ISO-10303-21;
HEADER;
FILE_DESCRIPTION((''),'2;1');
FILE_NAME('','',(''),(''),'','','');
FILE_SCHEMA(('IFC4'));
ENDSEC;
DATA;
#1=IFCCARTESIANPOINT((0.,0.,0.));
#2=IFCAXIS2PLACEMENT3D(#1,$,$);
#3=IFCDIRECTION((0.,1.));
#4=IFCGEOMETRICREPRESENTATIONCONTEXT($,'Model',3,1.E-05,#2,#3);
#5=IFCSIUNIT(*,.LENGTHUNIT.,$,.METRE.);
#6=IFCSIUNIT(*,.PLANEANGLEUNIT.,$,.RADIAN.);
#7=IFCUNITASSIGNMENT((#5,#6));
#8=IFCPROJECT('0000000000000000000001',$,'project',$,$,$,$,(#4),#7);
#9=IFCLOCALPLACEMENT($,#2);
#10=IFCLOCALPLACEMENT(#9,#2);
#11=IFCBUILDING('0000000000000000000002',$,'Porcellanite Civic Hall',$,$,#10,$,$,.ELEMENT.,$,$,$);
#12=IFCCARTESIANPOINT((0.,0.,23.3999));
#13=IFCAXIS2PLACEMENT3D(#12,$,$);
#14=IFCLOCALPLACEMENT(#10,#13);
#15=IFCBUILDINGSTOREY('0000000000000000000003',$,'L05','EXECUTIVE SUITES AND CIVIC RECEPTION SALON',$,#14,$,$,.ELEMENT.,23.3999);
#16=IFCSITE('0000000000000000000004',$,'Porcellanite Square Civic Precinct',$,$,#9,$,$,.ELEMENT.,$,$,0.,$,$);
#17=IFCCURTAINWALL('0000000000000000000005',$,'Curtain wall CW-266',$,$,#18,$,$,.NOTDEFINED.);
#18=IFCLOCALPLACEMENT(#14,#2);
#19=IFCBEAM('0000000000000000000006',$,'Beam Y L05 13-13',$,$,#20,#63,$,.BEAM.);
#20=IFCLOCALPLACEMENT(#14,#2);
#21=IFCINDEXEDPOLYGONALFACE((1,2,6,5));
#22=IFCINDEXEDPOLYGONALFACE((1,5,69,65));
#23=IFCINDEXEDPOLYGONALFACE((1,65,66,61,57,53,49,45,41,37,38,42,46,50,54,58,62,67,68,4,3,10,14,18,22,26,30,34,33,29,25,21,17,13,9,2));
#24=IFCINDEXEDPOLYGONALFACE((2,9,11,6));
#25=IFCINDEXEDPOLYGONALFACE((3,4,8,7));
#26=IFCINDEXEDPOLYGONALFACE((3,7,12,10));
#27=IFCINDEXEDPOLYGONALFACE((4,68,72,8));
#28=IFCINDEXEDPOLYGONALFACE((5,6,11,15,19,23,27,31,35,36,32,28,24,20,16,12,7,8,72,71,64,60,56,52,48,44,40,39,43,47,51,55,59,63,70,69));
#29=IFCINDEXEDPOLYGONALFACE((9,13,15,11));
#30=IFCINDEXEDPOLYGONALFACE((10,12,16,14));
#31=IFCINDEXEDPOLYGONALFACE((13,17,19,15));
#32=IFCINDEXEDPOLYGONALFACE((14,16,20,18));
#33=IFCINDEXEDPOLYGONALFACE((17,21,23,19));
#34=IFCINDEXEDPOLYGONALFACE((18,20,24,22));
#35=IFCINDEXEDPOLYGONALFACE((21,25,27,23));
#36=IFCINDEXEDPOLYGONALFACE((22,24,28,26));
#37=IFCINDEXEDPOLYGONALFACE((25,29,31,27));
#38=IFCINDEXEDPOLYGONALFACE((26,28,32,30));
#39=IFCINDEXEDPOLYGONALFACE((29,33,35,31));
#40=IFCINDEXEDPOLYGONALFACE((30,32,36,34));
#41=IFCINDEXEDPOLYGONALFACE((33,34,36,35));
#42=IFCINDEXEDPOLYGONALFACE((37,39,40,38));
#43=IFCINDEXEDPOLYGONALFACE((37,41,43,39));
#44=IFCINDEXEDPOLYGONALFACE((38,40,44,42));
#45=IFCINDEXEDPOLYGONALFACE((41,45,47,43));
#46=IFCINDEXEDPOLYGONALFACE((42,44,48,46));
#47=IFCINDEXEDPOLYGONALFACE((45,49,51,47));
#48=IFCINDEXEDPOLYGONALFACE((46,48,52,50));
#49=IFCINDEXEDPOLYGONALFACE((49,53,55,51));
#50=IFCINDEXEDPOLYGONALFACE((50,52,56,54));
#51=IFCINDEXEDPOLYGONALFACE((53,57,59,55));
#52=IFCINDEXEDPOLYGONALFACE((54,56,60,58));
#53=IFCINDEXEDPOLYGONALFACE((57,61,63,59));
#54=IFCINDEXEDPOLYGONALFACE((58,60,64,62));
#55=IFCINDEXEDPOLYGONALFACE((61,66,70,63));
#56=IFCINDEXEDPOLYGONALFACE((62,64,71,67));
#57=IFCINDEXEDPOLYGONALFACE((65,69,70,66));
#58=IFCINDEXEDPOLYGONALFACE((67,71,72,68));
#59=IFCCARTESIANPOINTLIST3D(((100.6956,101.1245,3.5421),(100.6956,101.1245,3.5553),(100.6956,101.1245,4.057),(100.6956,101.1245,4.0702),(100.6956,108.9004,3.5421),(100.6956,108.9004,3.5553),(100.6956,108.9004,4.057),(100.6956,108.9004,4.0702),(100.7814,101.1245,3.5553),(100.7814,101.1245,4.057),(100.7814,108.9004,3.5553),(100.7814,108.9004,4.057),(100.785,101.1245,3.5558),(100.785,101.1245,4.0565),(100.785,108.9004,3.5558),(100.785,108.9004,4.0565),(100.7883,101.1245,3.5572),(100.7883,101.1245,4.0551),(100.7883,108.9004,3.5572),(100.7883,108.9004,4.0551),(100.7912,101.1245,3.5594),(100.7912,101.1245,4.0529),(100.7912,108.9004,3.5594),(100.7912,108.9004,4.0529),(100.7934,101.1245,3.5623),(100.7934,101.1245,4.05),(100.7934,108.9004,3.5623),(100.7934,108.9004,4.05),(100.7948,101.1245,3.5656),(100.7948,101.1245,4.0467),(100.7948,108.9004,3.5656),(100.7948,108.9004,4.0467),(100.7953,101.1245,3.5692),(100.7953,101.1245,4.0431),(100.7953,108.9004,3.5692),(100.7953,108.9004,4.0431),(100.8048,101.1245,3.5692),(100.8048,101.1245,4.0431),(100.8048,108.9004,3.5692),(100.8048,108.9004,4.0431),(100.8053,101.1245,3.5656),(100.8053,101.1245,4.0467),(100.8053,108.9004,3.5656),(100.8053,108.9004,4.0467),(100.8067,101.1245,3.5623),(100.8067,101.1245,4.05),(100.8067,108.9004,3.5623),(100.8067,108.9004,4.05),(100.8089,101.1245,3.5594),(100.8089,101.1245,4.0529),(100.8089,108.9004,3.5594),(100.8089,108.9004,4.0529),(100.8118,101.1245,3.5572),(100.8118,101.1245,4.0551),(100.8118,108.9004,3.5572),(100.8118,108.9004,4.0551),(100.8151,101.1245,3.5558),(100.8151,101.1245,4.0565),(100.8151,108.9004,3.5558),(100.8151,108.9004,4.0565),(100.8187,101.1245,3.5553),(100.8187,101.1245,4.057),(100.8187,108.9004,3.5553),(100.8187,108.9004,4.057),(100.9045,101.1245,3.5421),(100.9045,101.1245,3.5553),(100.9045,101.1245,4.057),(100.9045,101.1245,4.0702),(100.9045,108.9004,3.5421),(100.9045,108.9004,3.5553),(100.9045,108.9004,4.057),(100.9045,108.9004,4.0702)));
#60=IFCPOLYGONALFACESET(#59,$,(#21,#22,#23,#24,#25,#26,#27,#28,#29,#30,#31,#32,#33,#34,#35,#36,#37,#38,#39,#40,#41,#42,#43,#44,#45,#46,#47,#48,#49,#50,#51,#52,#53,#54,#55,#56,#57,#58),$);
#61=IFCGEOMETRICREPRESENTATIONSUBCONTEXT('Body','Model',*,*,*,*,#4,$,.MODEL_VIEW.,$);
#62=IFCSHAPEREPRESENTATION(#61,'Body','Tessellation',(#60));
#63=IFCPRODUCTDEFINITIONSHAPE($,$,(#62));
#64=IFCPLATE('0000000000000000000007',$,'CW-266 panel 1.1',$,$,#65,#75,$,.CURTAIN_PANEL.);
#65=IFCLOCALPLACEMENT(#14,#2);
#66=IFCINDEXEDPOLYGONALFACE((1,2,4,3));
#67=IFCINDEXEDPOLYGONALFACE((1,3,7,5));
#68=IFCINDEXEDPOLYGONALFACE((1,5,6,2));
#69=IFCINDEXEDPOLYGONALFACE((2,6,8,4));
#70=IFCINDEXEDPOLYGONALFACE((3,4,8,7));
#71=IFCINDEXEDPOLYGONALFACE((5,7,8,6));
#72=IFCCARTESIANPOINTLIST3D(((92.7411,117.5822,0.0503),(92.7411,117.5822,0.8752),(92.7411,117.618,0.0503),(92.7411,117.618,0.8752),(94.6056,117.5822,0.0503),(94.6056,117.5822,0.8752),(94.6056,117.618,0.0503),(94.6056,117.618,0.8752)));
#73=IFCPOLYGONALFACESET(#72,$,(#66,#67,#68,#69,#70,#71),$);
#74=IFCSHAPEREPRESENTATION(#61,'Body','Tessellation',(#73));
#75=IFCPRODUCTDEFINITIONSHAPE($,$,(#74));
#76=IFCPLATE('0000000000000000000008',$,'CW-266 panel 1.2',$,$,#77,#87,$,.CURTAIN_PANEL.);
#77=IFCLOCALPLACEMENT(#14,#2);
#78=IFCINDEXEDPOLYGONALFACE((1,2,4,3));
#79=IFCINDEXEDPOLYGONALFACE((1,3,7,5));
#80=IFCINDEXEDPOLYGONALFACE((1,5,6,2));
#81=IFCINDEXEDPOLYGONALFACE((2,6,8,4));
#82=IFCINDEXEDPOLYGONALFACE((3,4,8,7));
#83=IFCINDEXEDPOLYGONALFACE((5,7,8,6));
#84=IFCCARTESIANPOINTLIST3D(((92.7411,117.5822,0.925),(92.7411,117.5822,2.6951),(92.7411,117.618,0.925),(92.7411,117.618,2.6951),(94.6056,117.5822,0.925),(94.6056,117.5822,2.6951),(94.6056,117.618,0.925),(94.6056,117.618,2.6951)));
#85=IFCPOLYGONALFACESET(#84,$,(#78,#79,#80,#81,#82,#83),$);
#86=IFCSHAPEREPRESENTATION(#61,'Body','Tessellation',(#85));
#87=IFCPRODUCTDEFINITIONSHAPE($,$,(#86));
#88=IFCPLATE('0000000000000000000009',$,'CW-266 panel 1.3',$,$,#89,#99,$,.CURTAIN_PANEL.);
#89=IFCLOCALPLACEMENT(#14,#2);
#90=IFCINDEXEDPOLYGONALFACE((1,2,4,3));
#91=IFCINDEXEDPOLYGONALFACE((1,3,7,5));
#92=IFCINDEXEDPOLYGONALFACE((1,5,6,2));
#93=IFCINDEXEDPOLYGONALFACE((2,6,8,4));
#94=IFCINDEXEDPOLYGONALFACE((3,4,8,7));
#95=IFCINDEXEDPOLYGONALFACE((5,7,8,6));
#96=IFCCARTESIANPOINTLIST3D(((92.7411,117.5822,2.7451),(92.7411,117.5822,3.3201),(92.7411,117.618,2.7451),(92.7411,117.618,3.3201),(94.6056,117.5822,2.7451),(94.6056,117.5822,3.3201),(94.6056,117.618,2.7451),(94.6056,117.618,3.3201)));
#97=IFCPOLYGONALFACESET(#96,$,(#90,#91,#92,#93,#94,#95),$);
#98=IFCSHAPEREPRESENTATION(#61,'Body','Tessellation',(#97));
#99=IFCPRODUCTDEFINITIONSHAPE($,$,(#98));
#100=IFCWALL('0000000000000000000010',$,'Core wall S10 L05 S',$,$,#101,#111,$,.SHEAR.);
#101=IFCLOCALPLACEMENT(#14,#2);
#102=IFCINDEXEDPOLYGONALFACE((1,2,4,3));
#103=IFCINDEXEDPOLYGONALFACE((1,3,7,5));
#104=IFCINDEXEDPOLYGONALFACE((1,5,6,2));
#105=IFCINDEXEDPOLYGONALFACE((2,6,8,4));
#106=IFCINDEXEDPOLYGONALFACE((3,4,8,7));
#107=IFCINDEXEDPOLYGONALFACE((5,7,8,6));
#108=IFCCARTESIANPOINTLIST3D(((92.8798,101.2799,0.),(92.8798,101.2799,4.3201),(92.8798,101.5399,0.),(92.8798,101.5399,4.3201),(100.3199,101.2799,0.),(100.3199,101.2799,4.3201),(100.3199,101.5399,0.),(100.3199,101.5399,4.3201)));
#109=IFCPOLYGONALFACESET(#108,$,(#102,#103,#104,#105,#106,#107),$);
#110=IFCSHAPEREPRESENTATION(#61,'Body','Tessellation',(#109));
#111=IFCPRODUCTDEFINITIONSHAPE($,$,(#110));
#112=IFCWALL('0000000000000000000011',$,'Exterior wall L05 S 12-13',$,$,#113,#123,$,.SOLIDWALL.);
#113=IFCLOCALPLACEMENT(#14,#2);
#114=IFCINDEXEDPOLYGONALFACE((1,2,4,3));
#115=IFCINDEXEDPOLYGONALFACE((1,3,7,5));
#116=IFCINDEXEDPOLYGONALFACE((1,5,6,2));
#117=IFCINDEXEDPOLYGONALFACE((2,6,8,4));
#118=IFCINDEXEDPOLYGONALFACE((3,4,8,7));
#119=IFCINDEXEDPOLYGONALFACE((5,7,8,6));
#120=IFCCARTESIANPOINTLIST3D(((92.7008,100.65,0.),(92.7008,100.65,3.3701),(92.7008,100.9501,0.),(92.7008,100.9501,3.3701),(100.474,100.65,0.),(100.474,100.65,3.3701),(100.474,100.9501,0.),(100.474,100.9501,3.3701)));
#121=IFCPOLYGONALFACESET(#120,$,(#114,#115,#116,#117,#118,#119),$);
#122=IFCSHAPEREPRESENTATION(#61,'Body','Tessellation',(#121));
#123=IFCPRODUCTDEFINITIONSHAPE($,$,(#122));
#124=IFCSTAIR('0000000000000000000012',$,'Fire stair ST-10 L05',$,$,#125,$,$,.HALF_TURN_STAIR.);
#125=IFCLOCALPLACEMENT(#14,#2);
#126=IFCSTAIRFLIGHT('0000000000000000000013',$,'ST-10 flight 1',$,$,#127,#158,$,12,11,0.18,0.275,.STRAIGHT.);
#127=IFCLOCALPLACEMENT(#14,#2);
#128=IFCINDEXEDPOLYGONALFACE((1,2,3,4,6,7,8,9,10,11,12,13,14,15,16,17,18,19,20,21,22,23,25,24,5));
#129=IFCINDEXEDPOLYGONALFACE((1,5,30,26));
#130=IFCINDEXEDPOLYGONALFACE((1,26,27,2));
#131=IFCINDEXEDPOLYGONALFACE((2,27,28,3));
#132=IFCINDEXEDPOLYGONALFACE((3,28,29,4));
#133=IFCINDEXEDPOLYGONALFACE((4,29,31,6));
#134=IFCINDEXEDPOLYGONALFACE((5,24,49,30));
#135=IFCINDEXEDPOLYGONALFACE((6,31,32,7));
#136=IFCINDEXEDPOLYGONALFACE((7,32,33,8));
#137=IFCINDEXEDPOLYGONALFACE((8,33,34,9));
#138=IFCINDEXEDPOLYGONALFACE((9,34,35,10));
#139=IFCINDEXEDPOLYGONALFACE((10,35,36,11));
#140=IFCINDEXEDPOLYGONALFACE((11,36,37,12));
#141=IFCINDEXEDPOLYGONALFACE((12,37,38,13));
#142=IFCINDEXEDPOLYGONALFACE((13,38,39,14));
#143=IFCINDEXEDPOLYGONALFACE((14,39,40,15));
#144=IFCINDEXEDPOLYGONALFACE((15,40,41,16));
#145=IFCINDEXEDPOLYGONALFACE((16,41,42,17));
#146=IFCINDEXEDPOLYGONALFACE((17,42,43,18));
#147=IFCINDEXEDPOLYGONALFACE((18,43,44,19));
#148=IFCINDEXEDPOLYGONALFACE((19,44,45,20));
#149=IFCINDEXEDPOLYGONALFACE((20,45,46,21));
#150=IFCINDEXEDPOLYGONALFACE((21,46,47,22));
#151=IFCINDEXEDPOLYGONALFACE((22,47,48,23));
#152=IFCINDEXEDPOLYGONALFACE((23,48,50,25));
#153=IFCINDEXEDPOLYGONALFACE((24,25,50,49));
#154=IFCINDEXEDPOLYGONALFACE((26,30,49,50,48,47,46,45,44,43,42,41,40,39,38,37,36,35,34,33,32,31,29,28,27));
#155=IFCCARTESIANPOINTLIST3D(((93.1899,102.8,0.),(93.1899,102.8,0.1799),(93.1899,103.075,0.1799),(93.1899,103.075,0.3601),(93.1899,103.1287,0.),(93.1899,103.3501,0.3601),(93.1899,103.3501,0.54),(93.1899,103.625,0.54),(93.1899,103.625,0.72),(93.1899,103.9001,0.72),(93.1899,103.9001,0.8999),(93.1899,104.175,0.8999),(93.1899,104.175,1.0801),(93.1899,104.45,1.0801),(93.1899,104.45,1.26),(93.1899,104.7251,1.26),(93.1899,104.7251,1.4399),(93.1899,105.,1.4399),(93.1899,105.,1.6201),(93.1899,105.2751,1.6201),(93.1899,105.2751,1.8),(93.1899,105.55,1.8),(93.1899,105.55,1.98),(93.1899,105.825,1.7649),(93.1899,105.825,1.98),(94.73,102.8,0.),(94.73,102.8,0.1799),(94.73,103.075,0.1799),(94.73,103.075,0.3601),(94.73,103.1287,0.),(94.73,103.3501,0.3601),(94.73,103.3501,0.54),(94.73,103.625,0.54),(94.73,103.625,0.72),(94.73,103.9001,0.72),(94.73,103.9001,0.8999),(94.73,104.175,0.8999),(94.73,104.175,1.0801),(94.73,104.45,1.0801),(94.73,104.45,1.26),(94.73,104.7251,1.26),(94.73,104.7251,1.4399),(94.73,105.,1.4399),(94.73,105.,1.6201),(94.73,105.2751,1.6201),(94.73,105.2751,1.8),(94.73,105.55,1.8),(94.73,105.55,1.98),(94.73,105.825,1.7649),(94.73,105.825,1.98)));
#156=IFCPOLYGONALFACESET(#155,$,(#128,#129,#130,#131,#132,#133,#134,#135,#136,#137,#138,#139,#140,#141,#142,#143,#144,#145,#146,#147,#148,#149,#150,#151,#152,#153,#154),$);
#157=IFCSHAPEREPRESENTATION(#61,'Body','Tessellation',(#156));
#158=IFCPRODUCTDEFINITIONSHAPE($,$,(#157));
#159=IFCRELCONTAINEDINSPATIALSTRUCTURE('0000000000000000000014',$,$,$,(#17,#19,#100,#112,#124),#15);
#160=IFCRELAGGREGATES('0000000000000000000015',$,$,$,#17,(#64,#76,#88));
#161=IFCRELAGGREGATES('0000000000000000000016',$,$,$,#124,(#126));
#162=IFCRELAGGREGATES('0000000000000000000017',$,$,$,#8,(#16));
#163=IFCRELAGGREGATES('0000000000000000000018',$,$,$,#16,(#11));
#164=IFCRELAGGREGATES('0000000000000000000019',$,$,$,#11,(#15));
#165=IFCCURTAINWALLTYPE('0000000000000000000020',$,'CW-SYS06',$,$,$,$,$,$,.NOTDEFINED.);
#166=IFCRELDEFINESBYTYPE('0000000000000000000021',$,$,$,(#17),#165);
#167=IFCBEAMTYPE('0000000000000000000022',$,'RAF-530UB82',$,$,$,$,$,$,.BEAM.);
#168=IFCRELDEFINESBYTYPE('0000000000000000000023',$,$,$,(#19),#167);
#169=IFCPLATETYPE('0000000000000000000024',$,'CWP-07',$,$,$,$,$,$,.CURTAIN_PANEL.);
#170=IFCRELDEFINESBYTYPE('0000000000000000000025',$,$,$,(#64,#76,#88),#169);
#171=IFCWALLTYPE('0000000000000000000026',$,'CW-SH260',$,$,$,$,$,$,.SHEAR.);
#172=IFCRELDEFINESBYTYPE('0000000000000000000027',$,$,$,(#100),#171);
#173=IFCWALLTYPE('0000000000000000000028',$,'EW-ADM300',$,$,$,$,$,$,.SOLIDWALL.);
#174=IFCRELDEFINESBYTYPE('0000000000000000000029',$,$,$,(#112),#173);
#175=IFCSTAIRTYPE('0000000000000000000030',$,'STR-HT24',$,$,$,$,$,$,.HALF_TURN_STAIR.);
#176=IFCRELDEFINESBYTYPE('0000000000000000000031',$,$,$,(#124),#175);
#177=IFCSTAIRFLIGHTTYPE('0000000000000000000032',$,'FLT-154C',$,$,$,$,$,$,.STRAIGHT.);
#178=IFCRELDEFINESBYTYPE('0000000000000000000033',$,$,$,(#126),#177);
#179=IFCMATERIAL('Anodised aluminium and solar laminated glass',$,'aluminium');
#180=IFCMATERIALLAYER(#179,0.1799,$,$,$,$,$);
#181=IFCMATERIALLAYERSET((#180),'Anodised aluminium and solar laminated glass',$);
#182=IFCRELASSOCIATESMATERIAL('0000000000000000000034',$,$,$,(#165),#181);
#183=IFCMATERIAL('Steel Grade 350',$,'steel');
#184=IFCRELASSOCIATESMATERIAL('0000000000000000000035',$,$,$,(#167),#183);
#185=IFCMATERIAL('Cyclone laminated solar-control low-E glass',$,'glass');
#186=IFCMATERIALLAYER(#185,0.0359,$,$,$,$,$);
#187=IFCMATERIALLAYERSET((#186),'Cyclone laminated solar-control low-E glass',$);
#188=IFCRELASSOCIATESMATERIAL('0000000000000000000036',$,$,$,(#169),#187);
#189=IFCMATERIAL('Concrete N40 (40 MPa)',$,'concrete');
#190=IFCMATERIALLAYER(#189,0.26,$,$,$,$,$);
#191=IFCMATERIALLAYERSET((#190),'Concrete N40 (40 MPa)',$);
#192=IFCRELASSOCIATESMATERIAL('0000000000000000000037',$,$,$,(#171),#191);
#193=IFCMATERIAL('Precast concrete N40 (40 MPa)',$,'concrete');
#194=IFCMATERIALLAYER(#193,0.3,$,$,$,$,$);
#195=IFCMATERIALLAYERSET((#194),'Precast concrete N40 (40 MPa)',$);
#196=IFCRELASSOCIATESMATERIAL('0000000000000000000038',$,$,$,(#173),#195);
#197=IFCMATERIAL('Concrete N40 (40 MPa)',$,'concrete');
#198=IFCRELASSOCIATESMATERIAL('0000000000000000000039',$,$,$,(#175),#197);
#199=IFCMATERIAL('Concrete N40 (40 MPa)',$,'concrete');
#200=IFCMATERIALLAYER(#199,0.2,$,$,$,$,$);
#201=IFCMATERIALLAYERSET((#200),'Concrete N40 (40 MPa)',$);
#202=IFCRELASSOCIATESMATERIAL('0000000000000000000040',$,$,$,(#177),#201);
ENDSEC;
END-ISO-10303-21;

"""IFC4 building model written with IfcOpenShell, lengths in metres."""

from ifc_helpers import new_model, si_unit, direction, frame, frame_2d, origin, origin_2d, place, context, subcontext, project, spatial, polyline, rectangle, i_section, outline, extrude, material, layer, layer_set, material_profile, profile_set, type_object, element, aggregate, save


model = new_model("IFC4")

# Units and contexts
model_context = context("Model", 3, precision=1e-05, world=origin(), true_north=direction((0.0, 1.0)))
body_context = subcontext(model_context, "Body", "Model", "MODEL_VIEW")
ifc_project = project(units=[si_unit("LENGTHUNIT", "METRE"), si_unit("PLANEANGLEUNIT", "RADIAN")], contexts=[model_context])

# Site, building, storey
site_placement = place(None, origin())
site = spatial("IfcSite", under=ifc_project, at=site_placement, Name="Porcellanite Square Civic Precinct", CompositionType="ELEMENT", RefElevation=0.0)
building_placement = place(site_placement, origin())
building = spatial("IfcBuilding", under=site, at=building_placement, Name="Porcellanite Civic Hall", CompositionType="ELEMENT")
storey_placement = place(building_placement, frame((0.0, 0.0, 23.3999)))
storey = spatial("IfcBuildingStorey", under=building, at=storey_placement, Name="L05", Description="EXECUTIVE SUITES AND CIVIC RECEPTION SALON", CompositionType="ELEMENT", Elevation=23.3999)

# Curtain wall
ifc_material_1 = material(Name="Anodised aluminium and solar laminated glass", Category="aluminium")
ifc_layer_1 = layer(ifc_material_1, 0.1799)
ifc_layer_set_1 = layer_set([ifc_layer_1], Name="Anodised aluminium and solar laminated glass")
curtain_wall_type = type_object("IfcCurtainWallType", Name="CW-SYS06", PredefinedType="NOTDEFINED", material=ifc_layer_set_1)
curtain_wall_placement = place(storey_placement, origin())
curtain_wall = element("IfcCurtainWall", 1, at=curtain_wall_placement, inside=storey, type_object=curtain_wall_type, Name="Curtain wall CW-266", PredefinedType="NOTDEFINED")

# Beam
ifc_material_2 = material(Name="Steel Grade 350", Category="steel")
ifc_material_profile_1 = material_profile(ifc_material_2, i_section(OverallWidth=0.209, OverallDepth=0.5281, WebThickness=0.0095, FlangeThickness=0.0132, FilletRadius=0.0139, at=origin_2d()), Name="530UB82.0")
ifc_profile_set_1 = profile_set([ifc_material_profile_1], Name="Steel Grade 350")
beam_type_1 = type_object("IfcBeamType", Name="RAF-530UB82", PredefinedType="BEAM", material=ifc_profile_set_1)
beam_1_placement = place(storey_placement, frame((100.8, 101.1245, 3.8062), z_axis=(0.0, 1.0, 0.0), x_axis=(-1.0, 0.0, 0.0)))
element("IfcBeam", 2, at=beam_1_placement, inside=storey, type_object=beam_type_1, Name="Beam Y L05 13-13", PredefinedType="BEAM", context=body_context, shape_type="SweptSolid", body=[
    extrude(i_section(OverallWidth=0.209, OverallDepth=0.5281, WebThickness=0.0095, FlangeThickness=0.0132, FilletRadius=0.0139, at=origin_2d()), origin(), (0.0, 0.0, 1.0), 7.7759),
])

# Plates
ifc_material_3 = material(Name="Cyclone laminated solar-control low-E glass", Category="glass")
ifc_layer_2 = layer(ifc_material_3, 0.0359)
ifc_layer_set_2 = layer_set([ifc_layer_2], Name="Cyclone laminated solar-control low-E glass")
plate_type = type_object("IfcPlateType", Name="CWP-07", PredefinedType="CURTAIN_PANEL", material=ifc_layer_set_2)
plate_1_placement = place(storey_placement, frame((93.6733, 117.6001, 0.0503), z_axis=(0.0, 0.0, 1.0), x_axis=(1.0, 0.0, 0.0)))
plate_1 = element("IfcPlate", 3, at=plate_1_placement, type_object=plate_type, Name="CW-266 panel 1.1", PredefinedType="CURTAIN_PANEL", context=body_context, shape_type="SweptSolid", body=[
    extrude(rectangle(XDim=1.8645, YDim=0.0359, at=origin_2d()), origin(), (0.0, 0.0, 1.0), 0.825),
])
plate_2_placement = place(storey_placement, frame((93.6733, 117.6001, 0.925), z_axis=(0.0, 0.0, 1.0), x_axis=(1.0, 0.0, 0.0)))
plate_2 = element("IfcPlate", 4, at=plate_2_placement, type_object=plate_type, Name="CW-266 panel 1.2", PredefinedType="CURTAIN_PANEL", context=body_context, shape_type="SweptSolid", body=[
    extrude(rectangle(XDim=1.8645, YDim=0.0359, at=origin_2d()), origin(), (0.0, 0.0, 1.0), 1.77),
])
plate_3_placement = place(storey_placement, frame((93.6733, 117.6001, 2.7451), z_axis=(0.0, 0.0, 1.0), x_axis=(1.0, 0.0, 0.0)))
plate_3 = element("IfcPlate", 5, at=plate_3_placement, type_object=plate_type, Name="CW-266 panel 1.3", PredefinedType="CURTAIN_PANEL", context=body_context, shape_type="SweptSolid", body=[
    extrude(rectangle(XDim=1.8645, YDim=0.0359, at=origin_2d()), origin(), (0.0, 0.0, 1.0), 0.575),
])
aggregate(curtain_wall, [plate_1, plate_2, plate_3])

# Wall
ifc_material_4 = material(Name="Concrete N40 (40 MPa)", Category="concrete")
ifc_layer_3 = layer(ifc_material_4, 0.26)
ifc_layer_set_3 = layer_set([ifc_layer_3], Name="Concrete N40 (40 MPa)")
wall_type_1 = type_object("IfcWallType", Name="CW-SH260", PredefinedType="SHEAR", material=ifc_layer_set_3)
wall_1_placement = place(storey_placement, frame((100.3201, 101.4099, 0.0), z_axis=(0.0, 0.0, 1.0), x_axis=(-1.0, 0.0, 0.0)))
element("IfcWall", 6, at=wall_1_placement, inside=storey, type_object=wall_type_1, Name="Core wall S10 L05 S", PredefinedType="SHEAR", context=body_context, shape_type="SweptSolid", body=[
    extrude(rectangle(XDim=7.4402, YDim=0.26, at=frame_2d((3.7202, 0.0))), origin(), (0.0, 0.0, 1.0), 4.3201),
])

# Wall
ifc_material_5 = material(Name="Precast concrete N40 (40 MPa)", Category="concrete")
ifc_layer_4 = layer(ifc_material_5, 0.3)
ifc_layer_set_4 = layer_set([ifc_layer_4], Name="Precast concrete N40 (40 MPa)")
wall_type_2 = type_object("IfcWallType", Name="EW-ADM300", PredefinedType="SOLIDWALL", material=ifc_layer_set_4)
wall_2_placement = place(storey_placement, frame((100.4741, 100.8, 0.0), z_axis=(0.0, 0.0, 1.0), x_axis=(-1.0, 0.0, 0.0)))
element("IfcWall", 7, at=wall_2_placement, inside=storey, type_object=wall_type_2, Name="Exterior wall L05 S 12-13", PredefinedType="SOLIDWALL", context=body_context, shape_type="SweptSolid", body=[
    extrude(rectangle(XDim=7.7732, YDim=0.3, at=frame_2d((3.8867, 0.0))), origin(), (0.0, 0.0, 1.0), 3.3701),
])

# Stair, stair flight
ifc_material_6 = material(Name="Concrete N40 (40 MPa)", Category="concrete")
stair_type = type_object("IfcStairType", Name="STR-HT24", PredefinedType="HALF_TURN_STAIR", material=ifc_material_6)
stair_placement = place(storey_placement, origin())
stair = element("IfcStair", 8, at=stair_placement, inside=storey, type_object=stair_type, Name="Fire stair ST-10 L05", PredefinedType="HALF_TURN_STAIR")
ifc_material_7 = material(Name="Concrete N40 (40 MPa)", Category="concrete")
ifc_layer_5 = layer(ifc_material_7, 0.2)
ifc_layer_set_5 = layer_set([ifc_layer_5], Name="Concrete N40 (40 MPa)")
stair_flight_type = type_object("IfcStairFlightType", Name="FLT-154C", PredefinedType="STRAIGHT", material=ifc_layer_set_5)
stair_flight_1_placement = place(storey_placement, frame((93.96, 102.8, 0.0), z_axis=(0.0, 0.0, 1.0), x_axis=(0.0, 1.0, 0.0)))
stair_flight_1 = element("IfcStairFlight", 9, at=stair_flight_1_placement, type_object=stair_flight_type, Name="ST-10 flight 1", NumberOfRisers=12, NumberOfTreads=11, PredefinedType="STRAIGHT", RiserHeight=0.18, TreadLength=0.275, context=body_context, shape_type="SweptSolid", body=[
    extrude(outline(polyline([(0.0, 0.0), (0.0, 0.1799), (0.2749, 0.1799), (0.2749, 0.3601), (0.55, 0.3601), (0.55, 0.54), (0.825, 0.54), (0.825, 0.72), (1.1001, 0.72), (1.1001, 0.8999), (1.375, 0.8999), (1.375, 1.0801), (1.6499, 1.0801), (1.6499, 1.26), (1.925, 1.26), (1.925, 1.4399), (2.2, 1.4399), (2.2, 1.6201), (2.4751, 1.6201), (2.4751, 1.8), (2.75, 1.8), (2.75, 1.98), (3.0249, 1.98), (3.0249, 2.1599), (3.0249, 1.7649), (0.3286, 0.0), (0.0, 0.0)])), frame((0.0, 0.77, 0.0), z_axis=(0.0, -1.0, 0.0), x_axis=(1.0, 0.0, 0.0)), (0.0, 0.0, 1.0), 1.54),
])
aggregate(stair, [stair_flight_1])

save(model, "model.ifc")
